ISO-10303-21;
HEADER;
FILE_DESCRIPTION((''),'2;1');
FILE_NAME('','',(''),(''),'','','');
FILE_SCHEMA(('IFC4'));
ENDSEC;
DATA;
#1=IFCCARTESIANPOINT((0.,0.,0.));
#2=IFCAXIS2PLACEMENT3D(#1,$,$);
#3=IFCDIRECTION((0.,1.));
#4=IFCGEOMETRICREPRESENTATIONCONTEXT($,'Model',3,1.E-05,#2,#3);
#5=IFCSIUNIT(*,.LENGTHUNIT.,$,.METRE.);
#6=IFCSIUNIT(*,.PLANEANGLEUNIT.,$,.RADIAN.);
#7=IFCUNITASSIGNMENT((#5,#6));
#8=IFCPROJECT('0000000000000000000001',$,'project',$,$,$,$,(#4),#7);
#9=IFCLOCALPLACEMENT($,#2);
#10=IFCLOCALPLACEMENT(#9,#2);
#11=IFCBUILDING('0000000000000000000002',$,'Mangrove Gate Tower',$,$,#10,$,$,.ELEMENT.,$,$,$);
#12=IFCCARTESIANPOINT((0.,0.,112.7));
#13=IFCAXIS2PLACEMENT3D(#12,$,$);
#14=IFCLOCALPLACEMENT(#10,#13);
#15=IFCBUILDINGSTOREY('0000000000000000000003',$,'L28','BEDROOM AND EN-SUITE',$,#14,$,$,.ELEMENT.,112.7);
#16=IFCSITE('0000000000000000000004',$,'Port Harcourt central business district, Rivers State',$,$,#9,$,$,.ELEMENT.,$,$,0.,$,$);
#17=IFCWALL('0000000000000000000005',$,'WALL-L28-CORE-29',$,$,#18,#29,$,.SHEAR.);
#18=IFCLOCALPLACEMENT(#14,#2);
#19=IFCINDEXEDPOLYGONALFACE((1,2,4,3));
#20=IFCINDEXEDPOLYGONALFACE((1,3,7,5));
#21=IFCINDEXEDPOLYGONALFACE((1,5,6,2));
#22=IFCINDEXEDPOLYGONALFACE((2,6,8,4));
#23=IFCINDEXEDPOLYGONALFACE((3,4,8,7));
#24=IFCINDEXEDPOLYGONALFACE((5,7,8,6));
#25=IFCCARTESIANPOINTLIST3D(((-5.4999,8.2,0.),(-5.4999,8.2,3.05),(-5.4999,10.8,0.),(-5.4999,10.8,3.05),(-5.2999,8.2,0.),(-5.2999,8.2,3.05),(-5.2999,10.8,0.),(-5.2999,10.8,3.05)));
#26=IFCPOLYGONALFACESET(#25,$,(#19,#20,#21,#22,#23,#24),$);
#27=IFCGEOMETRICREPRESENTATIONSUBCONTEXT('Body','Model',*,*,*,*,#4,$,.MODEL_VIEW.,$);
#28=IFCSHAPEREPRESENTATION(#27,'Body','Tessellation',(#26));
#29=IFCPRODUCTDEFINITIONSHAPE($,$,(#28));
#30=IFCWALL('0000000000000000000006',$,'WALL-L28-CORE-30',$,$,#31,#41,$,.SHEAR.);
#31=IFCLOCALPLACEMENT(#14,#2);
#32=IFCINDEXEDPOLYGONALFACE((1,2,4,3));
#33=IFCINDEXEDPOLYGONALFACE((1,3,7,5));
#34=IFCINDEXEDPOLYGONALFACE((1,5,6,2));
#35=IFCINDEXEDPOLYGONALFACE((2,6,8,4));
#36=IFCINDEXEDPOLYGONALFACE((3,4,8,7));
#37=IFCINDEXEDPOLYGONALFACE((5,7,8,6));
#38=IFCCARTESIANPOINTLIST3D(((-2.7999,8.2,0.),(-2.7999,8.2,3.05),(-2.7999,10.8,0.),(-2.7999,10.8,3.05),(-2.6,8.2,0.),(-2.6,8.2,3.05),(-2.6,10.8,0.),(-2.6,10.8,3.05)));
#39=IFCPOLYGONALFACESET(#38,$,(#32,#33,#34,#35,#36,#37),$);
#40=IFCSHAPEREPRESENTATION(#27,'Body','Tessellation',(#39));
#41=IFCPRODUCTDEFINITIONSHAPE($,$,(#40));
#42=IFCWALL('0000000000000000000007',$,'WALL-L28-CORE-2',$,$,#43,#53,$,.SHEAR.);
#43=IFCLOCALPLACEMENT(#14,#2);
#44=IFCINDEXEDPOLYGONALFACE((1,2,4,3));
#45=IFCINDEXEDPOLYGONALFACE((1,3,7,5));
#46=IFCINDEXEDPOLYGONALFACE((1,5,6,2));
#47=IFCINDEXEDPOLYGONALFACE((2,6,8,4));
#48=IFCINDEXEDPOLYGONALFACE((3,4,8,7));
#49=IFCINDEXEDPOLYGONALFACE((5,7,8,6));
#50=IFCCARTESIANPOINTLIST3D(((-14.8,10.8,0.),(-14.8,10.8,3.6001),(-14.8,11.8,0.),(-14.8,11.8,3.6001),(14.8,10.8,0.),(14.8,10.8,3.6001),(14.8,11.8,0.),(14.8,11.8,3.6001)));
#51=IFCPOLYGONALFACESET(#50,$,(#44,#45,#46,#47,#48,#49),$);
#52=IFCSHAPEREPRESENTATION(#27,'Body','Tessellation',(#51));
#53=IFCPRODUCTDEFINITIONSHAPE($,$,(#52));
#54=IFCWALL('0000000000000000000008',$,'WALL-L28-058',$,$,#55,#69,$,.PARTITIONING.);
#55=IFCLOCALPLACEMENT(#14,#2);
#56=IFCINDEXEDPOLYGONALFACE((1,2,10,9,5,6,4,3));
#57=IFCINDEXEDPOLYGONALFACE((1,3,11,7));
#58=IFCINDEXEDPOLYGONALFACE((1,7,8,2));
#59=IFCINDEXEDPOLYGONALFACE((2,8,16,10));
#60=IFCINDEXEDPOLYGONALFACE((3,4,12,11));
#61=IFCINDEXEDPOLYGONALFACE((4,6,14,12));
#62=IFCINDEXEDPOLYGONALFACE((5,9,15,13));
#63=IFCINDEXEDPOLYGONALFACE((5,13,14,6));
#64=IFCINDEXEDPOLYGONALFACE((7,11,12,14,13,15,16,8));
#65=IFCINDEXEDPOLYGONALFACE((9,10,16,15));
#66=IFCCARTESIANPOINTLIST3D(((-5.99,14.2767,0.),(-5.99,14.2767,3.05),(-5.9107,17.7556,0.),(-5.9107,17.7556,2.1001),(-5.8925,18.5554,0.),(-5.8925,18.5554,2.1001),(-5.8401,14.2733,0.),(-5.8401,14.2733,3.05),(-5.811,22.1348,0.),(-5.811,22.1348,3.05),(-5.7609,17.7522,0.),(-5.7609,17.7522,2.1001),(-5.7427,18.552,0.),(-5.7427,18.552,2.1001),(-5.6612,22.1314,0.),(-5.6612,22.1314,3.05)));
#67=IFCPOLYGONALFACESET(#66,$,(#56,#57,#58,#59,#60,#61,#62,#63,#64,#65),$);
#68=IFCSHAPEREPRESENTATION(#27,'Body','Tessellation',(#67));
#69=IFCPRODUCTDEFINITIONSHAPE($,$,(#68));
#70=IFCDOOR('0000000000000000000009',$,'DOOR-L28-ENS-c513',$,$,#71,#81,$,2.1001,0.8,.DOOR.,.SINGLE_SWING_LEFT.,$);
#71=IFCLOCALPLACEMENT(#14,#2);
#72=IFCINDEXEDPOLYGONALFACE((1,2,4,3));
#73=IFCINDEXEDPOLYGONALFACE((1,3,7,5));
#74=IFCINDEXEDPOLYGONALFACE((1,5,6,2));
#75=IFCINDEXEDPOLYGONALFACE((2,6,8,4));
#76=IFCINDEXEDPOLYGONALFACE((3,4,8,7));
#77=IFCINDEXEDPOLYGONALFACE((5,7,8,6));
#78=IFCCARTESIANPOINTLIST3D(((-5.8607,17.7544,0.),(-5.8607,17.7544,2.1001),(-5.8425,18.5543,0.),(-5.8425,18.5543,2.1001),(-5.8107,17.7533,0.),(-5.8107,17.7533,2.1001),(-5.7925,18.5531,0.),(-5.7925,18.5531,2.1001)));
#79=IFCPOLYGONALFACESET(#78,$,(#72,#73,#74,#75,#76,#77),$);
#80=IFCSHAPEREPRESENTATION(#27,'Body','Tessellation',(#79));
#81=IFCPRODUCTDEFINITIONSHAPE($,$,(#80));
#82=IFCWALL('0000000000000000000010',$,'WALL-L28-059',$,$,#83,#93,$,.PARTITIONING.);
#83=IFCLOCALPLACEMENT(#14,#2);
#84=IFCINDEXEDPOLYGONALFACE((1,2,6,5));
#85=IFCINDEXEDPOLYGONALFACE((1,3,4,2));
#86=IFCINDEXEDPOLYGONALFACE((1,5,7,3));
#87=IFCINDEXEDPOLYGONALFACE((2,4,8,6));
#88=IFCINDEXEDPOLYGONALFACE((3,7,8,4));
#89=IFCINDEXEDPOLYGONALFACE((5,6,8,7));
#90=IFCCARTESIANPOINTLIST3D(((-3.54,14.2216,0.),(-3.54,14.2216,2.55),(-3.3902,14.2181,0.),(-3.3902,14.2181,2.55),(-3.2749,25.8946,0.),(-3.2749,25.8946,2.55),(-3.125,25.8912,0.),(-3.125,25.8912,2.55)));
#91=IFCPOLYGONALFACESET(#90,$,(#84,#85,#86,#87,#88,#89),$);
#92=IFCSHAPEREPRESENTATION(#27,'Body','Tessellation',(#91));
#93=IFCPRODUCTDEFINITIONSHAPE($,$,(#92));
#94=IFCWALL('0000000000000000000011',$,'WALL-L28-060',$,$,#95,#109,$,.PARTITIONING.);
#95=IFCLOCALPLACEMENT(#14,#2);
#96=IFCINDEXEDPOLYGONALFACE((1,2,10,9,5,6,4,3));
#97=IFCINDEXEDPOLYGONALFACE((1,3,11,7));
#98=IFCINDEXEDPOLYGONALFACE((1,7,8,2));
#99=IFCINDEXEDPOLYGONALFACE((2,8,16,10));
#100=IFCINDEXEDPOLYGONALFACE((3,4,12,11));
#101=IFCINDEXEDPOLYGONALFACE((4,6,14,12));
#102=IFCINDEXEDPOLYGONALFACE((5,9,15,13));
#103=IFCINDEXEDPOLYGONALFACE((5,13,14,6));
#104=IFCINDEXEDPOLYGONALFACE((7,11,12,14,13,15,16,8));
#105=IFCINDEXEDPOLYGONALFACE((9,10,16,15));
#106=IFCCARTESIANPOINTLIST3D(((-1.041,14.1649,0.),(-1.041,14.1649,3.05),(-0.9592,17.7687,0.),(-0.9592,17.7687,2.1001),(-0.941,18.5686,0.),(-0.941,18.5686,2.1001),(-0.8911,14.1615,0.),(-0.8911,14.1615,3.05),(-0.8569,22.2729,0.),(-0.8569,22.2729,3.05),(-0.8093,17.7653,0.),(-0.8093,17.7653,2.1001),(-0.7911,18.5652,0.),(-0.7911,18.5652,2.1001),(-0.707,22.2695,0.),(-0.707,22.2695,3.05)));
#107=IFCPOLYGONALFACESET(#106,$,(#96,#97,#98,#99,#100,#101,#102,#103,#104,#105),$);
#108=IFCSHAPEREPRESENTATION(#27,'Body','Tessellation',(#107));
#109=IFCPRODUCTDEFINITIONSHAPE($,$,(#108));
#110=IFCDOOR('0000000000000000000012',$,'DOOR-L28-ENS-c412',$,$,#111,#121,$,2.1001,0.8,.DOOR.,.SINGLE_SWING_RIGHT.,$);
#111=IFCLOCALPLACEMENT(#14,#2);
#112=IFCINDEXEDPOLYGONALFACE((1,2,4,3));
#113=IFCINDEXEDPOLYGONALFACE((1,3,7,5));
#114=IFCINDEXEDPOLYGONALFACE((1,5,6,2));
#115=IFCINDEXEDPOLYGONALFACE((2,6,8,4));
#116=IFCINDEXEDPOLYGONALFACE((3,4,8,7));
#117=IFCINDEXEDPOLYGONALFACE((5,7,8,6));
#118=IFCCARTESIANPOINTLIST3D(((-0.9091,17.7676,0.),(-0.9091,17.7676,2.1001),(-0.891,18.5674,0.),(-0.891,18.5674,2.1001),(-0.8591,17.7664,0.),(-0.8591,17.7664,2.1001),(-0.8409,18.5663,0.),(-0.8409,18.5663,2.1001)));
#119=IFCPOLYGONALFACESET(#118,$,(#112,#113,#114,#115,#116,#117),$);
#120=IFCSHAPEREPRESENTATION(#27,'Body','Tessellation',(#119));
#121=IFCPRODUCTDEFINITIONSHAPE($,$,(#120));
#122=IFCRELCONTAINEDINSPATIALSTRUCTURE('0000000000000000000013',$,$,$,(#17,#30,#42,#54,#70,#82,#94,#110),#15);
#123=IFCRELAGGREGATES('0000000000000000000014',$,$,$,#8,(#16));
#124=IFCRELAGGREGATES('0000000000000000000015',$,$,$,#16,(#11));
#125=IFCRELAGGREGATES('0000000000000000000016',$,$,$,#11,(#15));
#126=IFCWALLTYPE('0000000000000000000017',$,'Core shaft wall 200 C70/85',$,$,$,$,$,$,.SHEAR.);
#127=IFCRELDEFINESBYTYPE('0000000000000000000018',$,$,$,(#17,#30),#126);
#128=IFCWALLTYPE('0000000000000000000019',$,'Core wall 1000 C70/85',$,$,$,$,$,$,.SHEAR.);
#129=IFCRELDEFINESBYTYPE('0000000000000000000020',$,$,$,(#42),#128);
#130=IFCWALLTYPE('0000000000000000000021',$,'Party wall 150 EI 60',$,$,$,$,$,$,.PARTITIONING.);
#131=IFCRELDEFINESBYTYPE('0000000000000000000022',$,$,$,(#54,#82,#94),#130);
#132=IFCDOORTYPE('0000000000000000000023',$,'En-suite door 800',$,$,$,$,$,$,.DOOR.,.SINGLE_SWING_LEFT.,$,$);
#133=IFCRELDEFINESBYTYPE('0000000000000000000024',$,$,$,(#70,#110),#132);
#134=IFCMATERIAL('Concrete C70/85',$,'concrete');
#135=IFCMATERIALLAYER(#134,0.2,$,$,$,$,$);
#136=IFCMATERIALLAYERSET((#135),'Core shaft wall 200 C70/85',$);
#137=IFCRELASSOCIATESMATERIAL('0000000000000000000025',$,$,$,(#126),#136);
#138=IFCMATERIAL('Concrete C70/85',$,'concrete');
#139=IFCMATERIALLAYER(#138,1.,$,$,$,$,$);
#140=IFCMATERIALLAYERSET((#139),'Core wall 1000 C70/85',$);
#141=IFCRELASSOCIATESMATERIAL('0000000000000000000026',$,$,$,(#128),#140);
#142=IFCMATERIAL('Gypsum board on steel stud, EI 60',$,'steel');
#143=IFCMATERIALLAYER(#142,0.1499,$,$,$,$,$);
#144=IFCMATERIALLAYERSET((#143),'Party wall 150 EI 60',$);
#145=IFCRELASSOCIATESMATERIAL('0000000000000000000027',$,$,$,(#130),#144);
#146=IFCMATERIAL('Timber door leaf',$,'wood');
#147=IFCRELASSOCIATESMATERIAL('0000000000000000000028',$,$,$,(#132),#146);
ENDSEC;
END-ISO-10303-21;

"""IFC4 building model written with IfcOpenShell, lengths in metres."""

from ifc_helpers import new_model, si_unit, direction, frame, frame_2d, origin, place, context, subcontext, project, spatial, rectangle, extrude, material, layer, layer_set, type_object, element, fill, save


model = new_model("IFC4")

# Units and contexts
model_context = context("Model", 3, precision=1e-05, world=origin(), true_north=direction((0.0, 1.0)))
body_context = subcontext(model_context, "Body", "Model", "MODEL_VIEW")
ifc_project = project(units=[si_unit("LENGTHUNIT", "METRE"), si_unit("PLANEANGLEUNIT", "RADIAN")], contexts=[model_context])

# Site, building, storey
site_placement = place(None, origin())
site = spatial("IfcSite", under=ifc_project, at=site_placement, Name="Port Harcourt central business district, Rivers State", CompositionType="ELEMENT", RefElevation=0.0)
building_placement = place(site_placement, origin())
building = spatial("IfcBuilding", under=site, at=building_placement, Name="Mangrove Gate Tower", CompositionType="ELEMENT")
storey_placement = place(building_placement, frame((0.0, 0.0, 112.7)))
storey = spatial("IfcBuildingStorey", under=building, at=storey_placement, Name="L28", Description="BEDROOM AND EN-SUITE", CompositionType="ELEMENT", Elevation=112.7)

# Shared definitions
ifc_material_1 = material(Name="Concrete C70/85", Category="concrete")
ifc_layer_1 = layer(ifc_material_1, 0.2)
ifc_layer_set_1 = layer_set([ifc_layer_1], Name="Core shaft wall 200 C70/85")
wall_type_1 = type_object("IfcWallType", Name="Core shaft wall 200 C70/85", PredefinedType="SHEAR", material=ifc_layer_set_1)

# Walls
for number, where, z_axis, x_axis, name in (
    (1, (-5.3999, 8.2, 0.0), (0.0, 0.0, 1.0), (0.0, 1.0, 0.0), "WALL-L28-CORE-29"),
    (2, (-2.7, 8.2, 0.0), (0.0, 0.0, 1.0), (0.0, 1.0, 0.0), "WALL-L28-CORE-30"),
):
    element("IfcWall", number, at=place(storey_placement, frame(where, z_axis=z_axis, x_axis=x_axis)), inside=storey, type_object=wall_type_1, Name=name, PredefinedType="SHEAR", context=body_context, shape_type="SweptSolid", body=[
        extrude(rectangle(XDim=2.6001, YDim=0.2, at=frame_2d((1.3, 0.0))), origin(), (0.0, 0.0, 1.0), 3.05),
    ])
ifc_material_2 = material(Name="Concrete C70/85", Category="concrete")
ifc_layer_2 = layer(ifc_material_2, 1.0)
ifc_layer_set_2 = layer_set([ifc_layer_2], Name="Core wall 1000 C70/85")
wall_type_2 = type_object("IfcWallType", Name="Core wall 1000 C70/85", PredefinedType="SHEAR", material=ifc_layer_set_2)
wall_1_placement = place(storey_placement, frame((-14.8, 11.3, 0.0), z_axis=(0.0, 0.0, 1.0), x_axis=(1.0, 0.0, 0.0)))
element("IfcWall", 3, at=wall_1_placement, inside=storey, type_object=wall_type_2, Name="WALL-L28-CORE-2", PredefinedType="SHEAR", context=body_context, shape_type="SweptSolid", body=[
    extrude(rectangle(XDim=29.6001, YDim=1.0, at=frame_2d((14.8, 0.0))), origin(), (0.0, 0.0, 1.0), 3.6001),
])

# Wall, opening, door
ifc_material_3 = material(Name="Gypsum board on steel stud, EI 60", Category="steel")
ifc_layer_3 = layer(ifc_material_3, 0.1499)
ifc_layer_set_3 = layer_set([ifc_layer_3], Name="Party wall 150 EI 60")
wall_type_3 = type_object("IfcWallType", Name="Party wall 150 EI 60", PredefinedType="PARTITIONING", material=ifc_layer_set_3)
wall_2_placement = place(storey_placement, frame((-5.915, 14.2749, 0.0), z_axis=(0.0, 0.0, 1.0), x_axis=(0.022767, 0.999741, 0.0)))
wall_2 = element("IfcWall", 4, at=wall_2_placement, inside=storey, type_object=wall_type_3, Name="WALL-L28-058", PredefinedType="PARTITIONING", context=body_context, shape_type="SweptSolid", body=[
    extrude(rectangle(XDim=7.8601, YDim=0.1499, at=frame_2d((3.9302, 0.0))), origin(), (0.0, 0.0, 1.0), 3.05),
])
opening_1_placement = place(wall_2_placement, frame((3.48, 0.0, 0.0)))
opening_1 = element("IfcOpeningElement", 5, at=opening_1_placement, cuts=wall_2, PredefinedType="OPENING", context=body_context, shape_type="SweptSolid", body=[
    extrude(rectangle(XDim=0.8, YDim=2.1001, at=frame_2d((0.3999, 1.05))), frame((0.0, 0.085, 0.0), z_axis=(0.0, -1.0, 0.0), x_axis=(1.0, 0.0, 0.0)), (0.0, 0.0, 1.0), 0.1699),
])
ifc_material_4 = material(Name="Timber door leaf", Category="wood")
door_type_1 = type_object("IfcDoorType", Name="En-suite door 800", OperationType="SINGLE_SWING_LEFT", PredefinedType="DOOR", material=ifc_material_4)
door_1_placement = place(opening_1_placement, origin())
door_1 = element("IfcDoor", 6, at=door_1_placement, inside=storey, type_object=door_type_1, Name="DOOR-L28-ENS-c513", OperationType="SINGLE_SWING_LEFT", OverallHeight=2.1001, OverallWidth=0.8, PredefinedType="DOOR", context=body_context, shape_type="SweptSolid", body=[
    extrude(rectangle(XDim=0.8, YDim=2.1001, at=frame_2d((0.3999, 1.05))), frame((0.0, 0.0249, 0.0), z_axis=(0.0, -1.0, 0.0), x_axis=(1.0, 0.0, 0.0)), (0.0, 0.0, 1.0), 0.05),
])
fill(opening_1, door_1)

# Wall
wall_3_placement = place(storey_placement, frame((-3.4651, 14.22, 0.0), z_axis=(0.0, 0.0, 1.0), x_axis=(0.022708, 0.999742, 0.0)))
element("IfcWall", 7, at=wall_3_placement, inside=storey, type_object=wall_type_3, Name="WALL-L28-059", PredefinedType="PARTITIONING", context=body_context, shape_type="SweptSolid", body=[
    extrude(rectangle(XDim=11.676, YDim=0.1499, at=frame_2d((5.8379, 0.0))), origin(), (0.0, 0.0, 1.0), 2.55),
])

# Wall, opening, door
wall_4_placement = place(storey_placement, frame((-0.9661, 14.1631, 0.0), z_axis=(0.0, 0.0, 1.0), x_axis=(0.022698, 0.999742, 0.0)))
wall_4 = element("IfcWall", 8, at=wall_4_placement, inside=storey, type_object=wall_type_3, Name="WALL-L28-060", PredefinedType="PARTITIONING", context=body_context, shape_type="SweptSolid", body=[
    extrude(rectangle(XDim=8.1101, YDim=0.1499, at=frame_2d((4.0552, 0.0))), origin(), (0.0, 0.0, 1.0), 3.05),
])
opening_2_placement = place(wall_4_placement, frame((3.605, 0.0, 0.0)))
opening_2 = element("IfcOpeningElement", 9, at=opening_2_placement, cuts=wall_4, PredefinedType="OPENING", context=body_context, shape_type="SweptSolid", body=[
    extrude(rectangle(XDim=0.8, YDim=2.1001, at=frame_2d((0.3999, 1.05))), frame((0.0, 0.085, 0.0), z_axis=(0.0, -1.0, 0.0), x_axis=(1.0, 0.0, 0.0)), (0.0, 0.0, 1.0), 0.1699),
])
door_2_placement = place(opening_2_placement, origin())
door_2 = element("IfcDoor", 10, at=door_2_placement, inside=storey, type_object=door_type_1, Name="DOOR-L28-ENS-c412", OperationType="SINGLE_SWING_RIGHT", OverallHeight=2.1001, OverallWidth=0.8, PredefinedType="DOOR", context=body_context, shape_type="SweptSolid", body=[
    extrude(rectangle(XDim=0.8, YDim=2.1001, at=frame_2d((0.3999, 1.05))), frame((0.0, 0.0249, 0.0), z_axis=(0.0, -1.0, 0.0), x_axis=(1.0, 0.0, 0.0)), (0.0, 0.0, 1.0), 0.05),
])
fill(opening_2, door_2)

save(model, "model.ifc")
